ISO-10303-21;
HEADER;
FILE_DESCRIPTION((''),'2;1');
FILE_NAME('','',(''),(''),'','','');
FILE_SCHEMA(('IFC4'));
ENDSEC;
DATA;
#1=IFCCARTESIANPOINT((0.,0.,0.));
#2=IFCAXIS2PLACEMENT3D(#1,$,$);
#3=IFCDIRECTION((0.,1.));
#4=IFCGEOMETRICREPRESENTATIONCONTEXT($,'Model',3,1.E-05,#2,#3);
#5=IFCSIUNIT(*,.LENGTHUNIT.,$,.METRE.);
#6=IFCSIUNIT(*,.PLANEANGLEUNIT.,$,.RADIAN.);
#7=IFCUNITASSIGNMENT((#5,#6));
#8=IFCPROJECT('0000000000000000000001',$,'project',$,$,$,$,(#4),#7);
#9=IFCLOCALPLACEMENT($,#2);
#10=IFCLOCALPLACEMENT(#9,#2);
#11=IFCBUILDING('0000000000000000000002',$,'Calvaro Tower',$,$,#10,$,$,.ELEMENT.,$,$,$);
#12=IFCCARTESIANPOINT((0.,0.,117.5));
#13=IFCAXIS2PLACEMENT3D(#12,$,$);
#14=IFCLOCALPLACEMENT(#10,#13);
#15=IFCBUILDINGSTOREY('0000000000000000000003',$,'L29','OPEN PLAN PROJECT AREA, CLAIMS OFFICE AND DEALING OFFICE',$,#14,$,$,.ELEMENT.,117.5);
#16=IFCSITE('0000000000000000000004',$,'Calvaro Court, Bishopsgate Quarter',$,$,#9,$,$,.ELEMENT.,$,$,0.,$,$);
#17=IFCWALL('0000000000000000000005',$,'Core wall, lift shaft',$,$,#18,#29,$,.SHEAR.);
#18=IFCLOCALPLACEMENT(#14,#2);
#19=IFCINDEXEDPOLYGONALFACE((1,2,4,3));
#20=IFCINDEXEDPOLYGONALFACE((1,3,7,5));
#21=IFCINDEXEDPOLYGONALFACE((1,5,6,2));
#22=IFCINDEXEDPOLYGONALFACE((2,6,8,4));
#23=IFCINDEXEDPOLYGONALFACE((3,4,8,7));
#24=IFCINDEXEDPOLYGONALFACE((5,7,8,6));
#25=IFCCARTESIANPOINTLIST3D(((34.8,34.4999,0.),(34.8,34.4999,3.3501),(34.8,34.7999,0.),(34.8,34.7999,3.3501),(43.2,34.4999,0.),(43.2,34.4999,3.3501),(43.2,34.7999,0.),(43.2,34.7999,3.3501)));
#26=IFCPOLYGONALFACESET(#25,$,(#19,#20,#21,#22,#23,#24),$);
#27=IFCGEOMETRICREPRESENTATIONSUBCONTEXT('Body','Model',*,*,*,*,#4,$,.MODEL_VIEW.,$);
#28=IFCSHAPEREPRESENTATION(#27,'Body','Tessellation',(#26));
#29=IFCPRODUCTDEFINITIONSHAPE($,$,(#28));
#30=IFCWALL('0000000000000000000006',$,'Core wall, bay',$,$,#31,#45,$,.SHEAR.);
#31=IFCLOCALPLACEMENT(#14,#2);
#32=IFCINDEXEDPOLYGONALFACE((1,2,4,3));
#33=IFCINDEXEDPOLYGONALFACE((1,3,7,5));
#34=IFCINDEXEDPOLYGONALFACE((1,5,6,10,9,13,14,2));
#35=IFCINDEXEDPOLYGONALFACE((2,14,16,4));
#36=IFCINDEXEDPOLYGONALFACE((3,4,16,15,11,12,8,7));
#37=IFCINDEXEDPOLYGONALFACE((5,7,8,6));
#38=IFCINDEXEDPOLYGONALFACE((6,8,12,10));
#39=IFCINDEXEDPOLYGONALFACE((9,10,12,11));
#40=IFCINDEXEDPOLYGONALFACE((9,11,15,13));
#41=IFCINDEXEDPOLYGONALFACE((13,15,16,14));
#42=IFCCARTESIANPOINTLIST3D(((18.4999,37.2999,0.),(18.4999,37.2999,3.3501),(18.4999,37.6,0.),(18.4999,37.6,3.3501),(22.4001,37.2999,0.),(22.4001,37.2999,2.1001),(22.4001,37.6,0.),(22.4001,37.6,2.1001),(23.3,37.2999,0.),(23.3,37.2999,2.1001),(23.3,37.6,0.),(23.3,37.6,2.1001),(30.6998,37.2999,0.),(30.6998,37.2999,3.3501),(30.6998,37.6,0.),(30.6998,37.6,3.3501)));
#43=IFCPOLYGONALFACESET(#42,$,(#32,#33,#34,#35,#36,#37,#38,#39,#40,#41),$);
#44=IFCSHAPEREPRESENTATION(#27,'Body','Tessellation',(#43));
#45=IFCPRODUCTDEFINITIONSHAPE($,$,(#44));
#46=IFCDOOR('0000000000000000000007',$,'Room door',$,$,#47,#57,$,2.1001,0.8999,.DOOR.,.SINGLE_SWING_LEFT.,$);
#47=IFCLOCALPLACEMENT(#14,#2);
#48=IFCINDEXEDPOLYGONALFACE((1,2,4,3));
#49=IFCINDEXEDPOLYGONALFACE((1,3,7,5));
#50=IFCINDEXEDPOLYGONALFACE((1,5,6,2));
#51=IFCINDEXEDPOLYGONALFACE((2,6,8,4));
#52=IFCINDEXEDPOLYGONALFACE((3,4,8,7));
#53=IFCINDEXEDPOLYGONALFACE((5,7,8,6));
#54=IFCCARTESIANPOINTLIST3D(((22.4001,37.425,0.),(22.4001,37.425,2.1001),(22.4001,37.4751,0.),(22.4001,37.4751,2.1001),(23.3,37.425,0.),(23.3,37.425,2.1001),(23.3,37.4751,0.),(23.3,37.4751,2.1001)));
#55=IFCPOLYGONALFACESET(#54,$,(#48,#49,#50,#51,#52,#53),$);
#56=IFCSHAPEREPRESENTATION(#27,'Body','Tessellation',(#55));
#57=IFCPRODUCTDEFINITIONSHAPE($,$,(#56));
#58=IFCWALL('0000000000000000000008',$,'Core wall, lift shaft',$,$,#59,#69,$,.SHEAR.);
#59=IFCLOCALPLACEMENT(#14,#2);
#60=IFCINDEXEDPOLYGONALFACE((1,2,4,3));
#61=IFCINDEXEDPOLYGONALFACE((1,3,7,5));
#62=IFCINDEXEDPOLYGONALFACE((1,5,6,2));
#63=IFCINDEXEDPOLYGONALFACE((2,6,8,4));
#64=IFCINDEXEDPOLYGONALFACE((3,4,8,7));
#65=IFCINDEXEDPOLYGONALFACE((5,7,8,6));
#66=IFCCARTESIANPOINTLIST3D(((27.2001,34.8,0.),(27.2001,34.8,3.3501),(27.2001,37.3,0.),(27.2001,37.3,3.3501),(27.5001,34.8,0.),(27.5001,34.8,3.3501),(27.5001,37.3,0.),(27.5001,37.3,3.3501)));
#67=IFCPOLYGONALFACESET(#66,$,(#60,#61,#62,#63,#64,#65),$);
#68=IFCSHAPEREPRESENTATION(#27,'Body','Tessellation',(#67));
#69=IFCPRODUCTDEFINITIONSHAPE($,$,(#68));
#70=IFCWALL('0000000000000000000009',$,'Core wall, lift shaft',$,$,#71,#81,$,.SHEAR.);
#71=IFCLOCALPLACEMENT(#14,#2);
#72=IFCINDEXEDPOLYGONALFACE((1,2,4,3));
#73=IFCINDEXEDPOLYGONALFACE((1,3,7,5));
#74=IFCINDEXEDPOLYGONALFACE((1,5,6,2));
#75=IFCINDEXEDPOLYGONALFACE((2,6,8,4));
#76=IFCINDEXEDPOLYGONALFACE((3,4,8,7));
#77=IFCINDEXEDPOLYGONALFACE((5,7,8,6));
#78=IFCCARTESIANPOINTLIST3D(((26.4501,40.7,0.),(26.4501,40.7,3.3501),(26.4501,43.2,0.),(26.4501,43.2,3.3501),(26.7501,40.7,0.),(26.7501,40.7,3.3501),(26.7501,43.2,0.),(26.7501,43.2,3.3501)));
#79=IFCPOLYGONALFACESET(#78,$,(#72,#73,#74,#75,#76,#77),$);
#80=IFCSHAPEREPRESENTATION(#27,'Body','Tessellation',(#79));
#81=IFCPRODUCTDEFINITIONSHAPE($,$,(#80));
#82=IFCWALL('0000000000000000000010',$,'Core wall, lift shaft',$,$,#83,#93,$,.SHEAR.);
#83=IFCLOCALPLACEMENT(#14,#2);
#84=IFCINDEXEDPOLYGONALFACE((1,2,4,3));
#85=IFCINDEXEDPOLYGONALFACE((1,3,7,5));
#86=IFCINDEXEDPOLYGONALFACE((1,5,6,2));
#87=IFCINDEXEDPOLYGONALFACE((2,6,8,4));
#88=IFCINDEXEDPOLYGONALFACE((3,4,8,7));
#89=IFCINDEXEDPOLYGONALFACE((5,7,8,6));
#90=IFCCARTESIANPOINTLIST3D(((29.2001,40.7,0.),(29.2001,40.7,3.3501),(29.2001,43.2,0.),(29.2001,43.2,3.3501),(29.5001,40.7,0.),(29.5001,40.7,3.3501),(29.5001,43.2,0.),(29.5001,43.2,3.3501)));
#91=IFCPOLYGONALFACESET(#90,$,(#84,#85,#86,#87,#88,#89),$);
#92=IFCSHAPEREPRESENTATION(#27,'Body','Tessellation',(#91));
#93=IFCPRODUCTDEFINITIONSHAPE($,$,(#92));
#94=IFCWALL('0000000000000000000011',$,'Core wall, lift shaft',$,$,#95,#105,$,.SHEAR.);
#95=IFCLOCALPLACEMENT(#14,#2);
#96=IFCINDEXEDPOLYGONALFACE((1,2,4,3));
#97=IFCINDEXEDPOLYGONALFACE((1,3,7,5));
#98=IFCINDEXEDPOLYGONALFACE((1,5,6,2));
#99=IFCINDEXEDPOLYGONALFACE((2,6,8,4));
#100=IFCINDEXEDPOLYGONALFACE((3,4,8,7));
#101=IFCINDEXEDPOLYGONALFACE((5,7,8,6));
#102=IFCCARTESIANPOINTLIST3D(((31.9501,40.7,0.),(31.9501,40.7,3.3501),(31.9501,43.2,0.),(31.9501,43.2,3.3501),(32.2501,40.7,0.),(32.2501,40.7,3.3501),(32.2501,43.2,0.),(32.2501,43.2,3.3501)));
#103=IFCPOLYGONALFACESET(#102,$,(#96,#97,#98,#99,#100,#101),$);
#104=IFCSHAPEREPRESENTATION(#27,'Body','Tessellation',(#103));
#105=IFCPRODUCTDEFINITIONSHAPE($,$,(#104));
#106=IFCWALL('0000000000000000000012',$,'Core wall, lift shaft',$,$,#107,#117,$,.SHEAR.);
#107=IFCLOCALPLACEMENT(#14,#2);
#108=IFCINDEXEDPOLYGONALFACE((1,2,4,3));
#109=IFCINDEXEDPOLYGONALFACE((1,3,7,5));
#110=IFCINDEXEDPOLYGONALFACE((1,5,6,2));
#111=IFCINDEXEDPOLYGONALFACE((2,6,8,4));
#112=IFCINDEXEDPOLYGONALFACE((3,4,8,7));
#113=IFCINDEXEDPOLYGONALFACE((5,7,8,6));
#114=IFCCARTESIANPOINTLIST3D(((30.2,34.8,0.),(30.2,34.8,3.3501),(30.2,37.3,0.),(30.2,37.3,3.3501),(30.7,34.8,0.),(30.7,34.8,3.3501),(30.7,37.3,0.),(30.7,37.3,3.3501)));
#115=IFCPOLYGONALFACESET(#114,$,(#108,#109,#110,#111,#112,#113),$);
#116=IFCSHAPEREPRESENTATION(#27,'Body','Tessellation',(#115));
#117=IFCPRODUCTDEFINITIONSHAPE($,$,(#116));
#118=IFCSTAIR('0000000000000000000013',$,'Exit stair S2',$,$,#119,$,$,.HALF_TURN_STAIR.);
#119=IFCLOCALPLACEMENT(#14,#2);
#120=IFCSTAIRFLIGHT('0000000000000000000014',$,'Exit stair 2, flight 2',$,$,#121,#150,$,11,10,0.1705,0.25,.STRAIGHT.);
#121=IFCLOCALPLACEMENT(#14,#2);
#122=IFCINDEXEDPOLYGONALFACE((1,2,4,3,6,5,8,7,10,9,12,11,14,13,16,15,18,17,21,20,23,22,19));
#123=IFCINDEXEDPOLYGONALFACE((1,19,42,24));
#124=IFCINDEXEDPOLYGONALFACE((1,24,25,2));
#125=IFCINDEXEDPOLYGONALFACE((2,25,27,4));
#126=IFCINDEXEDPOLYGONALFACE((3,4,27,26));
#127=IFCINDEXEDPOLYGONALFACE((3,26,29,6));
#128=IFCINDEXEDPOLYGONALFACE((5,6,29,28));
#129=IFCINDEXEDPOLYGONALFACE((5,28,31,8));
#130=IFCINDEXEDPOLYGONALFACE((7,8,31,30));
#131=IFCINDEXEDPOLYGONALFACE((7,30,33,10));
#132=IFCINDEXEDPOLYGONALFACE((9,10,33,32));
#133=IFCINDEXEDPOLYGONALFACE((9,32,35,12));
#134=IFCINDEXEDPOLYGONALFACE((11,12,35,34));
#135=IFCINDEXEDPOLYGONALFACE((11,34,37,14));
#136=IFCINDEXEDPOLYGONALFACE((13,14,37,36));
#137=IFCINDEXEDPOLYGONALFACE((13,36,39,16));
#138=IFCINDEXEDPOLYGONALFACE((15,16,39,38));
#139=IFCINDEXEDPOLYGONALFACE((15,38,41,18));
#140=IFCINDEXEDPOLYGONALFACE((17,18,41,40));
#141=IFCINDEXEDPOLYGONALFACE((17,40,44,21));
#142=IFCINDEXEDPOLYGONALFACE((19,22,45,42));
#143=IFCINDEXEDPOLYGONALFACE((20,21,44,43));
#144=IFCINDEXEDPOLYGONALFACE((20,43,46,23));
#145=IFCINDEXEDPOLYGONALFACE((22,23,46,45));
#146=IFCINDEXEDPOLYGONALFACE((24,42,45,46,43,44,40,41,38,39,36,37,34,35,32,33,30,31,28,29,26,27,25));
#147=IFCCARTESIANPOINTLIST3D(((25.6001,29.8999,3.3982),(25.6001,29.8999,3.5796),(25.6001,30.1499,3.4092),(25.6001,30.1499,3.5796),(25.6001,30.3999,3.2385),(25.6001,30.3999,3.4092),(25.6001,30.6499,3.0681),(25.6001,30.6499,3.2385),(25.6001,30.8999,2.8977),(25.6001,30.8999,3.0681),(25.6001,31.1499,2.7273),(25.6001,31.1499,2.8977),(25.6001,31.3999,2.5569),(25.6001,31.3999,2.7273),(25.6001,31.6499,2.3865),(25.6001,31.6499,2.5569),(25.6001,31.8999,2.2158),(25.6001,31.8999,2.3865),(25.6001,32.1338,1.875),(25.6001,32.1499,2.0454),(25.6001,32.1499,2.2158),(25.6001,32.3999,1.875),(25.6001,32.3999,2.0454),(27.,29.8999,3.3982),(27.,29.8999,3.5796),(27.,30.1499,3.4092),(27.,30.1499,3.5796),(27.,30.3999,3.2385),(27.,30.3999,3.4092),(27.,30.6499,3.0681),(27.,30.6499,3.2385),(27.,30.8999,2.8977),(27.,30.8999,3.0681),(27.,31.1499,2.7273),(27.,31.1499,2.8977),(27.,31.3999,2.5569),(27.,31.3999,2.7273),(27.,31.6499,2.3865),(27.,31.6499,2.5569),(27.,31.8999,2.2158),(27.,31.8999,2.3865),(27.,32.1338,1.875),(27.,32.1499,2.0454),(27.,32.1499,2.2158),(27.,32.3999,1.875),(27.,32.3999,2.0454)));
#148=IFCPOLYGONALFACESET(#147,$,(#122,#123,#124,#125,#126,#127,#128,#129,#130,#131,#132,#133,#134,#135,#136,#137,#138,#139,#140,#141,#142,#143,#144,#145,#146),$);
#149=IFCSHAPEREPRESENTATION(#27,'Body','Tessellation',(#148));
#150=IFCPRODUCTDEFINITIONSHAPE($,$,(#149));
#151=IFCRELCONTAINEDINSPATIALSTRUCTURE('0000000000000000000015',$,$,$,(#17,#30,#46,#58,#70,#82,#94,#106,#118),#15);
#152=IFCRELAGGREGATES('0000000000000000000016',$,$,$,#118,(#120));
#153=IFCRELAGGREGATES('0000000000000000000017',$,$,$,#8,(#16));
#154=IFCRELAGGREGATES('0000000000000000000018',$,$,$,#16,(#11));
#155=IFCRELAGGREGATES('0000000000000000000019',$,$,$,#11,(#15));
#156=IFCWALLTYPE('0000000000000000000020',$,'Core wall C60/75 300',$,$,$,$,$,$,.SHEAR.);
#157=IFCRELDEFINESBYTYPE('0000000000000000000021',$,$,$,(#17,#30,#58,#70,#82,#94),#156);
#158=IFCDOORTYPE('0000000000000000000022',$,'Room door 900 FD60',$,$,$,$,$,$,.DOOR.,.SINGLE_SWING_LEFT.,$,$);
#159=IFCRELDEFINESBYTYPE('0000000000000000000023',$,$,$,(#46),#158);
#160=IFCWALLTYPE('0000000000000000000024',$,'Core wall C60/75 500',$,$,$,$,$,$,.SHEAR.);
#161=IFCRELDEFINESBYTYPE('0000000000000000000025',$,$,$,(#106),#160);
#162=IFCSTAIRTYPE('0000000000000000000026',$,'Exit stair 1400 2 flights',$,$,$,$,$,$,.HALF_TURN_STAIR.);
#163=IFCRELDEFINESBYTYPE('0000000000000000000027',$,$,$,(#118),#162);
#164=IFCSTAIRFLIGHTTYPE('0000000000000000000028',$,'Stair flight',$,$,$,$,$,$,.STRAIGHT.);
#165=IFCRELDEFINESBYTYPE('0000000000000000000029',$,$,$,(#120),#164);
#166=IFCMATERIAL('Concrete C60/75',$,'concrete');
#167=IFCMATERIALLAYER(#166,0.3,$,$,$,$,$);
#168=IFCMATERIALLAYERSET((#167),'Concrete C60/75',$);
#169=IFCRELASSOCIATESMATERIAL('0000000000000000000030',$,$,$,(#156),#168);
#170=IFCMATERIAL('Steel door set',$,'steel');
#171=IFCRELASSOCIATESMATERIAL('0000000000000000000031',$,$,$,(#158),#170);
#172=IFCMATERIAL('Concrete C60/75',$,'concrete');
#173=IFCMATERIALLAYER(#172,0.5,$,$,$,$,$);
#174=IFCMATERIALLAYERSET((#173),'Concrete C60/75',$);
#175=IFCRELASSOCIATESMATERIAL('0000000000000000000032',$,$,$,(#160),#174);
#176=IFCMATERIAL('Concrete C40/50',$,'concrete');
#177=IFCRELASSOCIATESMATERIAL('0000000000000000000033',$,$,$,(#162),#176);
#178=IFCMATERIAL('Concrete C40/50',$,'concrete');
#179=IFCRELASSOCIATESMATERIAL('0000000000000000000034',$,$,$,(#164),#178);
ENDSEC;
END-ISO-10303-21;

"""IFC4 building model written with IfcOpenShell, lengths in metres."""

from ifc_helpers import new_model, si_unit, direction, frame, frame_2d, origin, place, context, subcontext, project, spatial, polyline, rectangle, outline, extrude, material, layer, layer_set, type_object, element, fill, aggregate, save


model = new_model("IFC4")

# Units and contexts
model_context = context("Model", 3, precision=1e-05, world=origin(), true_north=direction((0.0, 1.0)))
body_context = subcontext(model_context, "Body", "Model", "MODEL_VIEW")
ifc_project = project(units=[si_unit("LENGTHUNIT", "METRE"), si_unit("PLANEANGLEUNIT", "RADIAN")], contexts=[model_context])

# Site, building, storey
site_placement = place(None, origin())
site = spatial("IfcSite", under=ifc_project, at=site_placement, Name="Calvaro Court, Bishopsgate Quarter", CompositionType="ELEMENT", RefElevation=0.0)
building_placement = place(site_placement, origin())
building = spatial("IfcBuilding", under=site, at=building_placement, Name="Calvaro Tower", CompositionType="ELEMENT")
storey_placement = place(building_placement, frame((0.0, 0.0, 117.5)))
storey = spatial("IfcBuildingStorey", under=building, at=storey_placement, Name="L29", Description="OPEN PLAN PROJECT AREA, CLAIMS OFFICE AND DEALING OFFICE", CompositionType="ELEMENT", Elevation=117.5)

# Wall
ifc_material_1 = material(Name="Concrete C60/75", Category="concrete")
ifc_layer_1 = layer(ifc_material_1, 0.3)
ifc_layer_set_1 = layer_set([ifc_layer_1], Name="Concrete C60/75")
wall_type_1 = type_object("IfcWallType", Name="Core wall C60/75 300", PredefinedType="SHEAR", material=ifc_layer_set_1)
wall_1_placement = place(storey_placement, frame((34.8, 34.6499, 0.0), z_axis=(0.0, 0.0, 1.0), x_axis=(1.0, 0.0, 0.0)))
element("IfcWall", 1, at=wall_1_placement, inside=storey, type_object=wall_type_1, Name="Core wall, lift shaft", PredefinedType="SHEAR", context=body_context, shape_type="SweptSolid", body=[
    extrude(rectangle(XDim=8.3999, YDim=0.3, at=frame_2d((4.2, 0.0))), origin(), (0.0, 0.0, 1.0), 3.3501),
])

# Wall, opening, door
wall_2_placement = place(storey_placement, frame((30.7, 37.45, 0.0), z_axis=(0.0, 0.0, 1.0), x_axis=(-1.0, 0.0, 0.0)))
wall_2 = element("IfcWall", 2, at=wall_2_placement, inside=storey, type_object=wall_type_1, Name="Core wall, bay", PredefinedType="SHEAR", context=body_context, shape_type="SweptSolid", body=[
    extrude(rectangle(XDim=12.2, YDim=0.3, at=frame_2d((6.1001, 0.0))), origin(), (0.0, 0.0, 1.0), 3.3501),
])
opening_placement = place(wall_2_placement, frame((7.3999, 0.0, 0.0)))
opening = element("IfcOpeningElement", 3, at=opening_placement, cuts=wall_2, PredefinedType="OPENING", context=body_context, shape_type="SweptSolid", body=[
    extrude(rectangle(XDim=0.8999, YDim=2.1001, at=frame_2d((0.45, 1.05))), frame((0.0, 0.1599, 0.0), z_axis=(0.0, -1.0, 0.0), x_axis=(1.0, 0.0, 0.0)), (0.0, 0.0, 1.0), 0.3201),
])
ifc_material_2 = material(Name="Steel door set", Category="steel")
door_type = type_object("IfcDoorType", Name="Room door 900 FD60", OperationType="SINGLE_SWING_LEFT", PredefinedType="DOOR", material=ifc_material_2)
door_placement = place(opening_placement, origin())
door = element("IfcDoor", 4, at=door_placement, inside=storey, type_object=door_type, Name="Room door", OperationType="SINGLE_SWING_LEFT", OverallHeight=2.1001, OverallWidth=0.8999, PredefinedType="DOOR", context=body_context, shape_type="SweptSolid", body=[
    extrude(rectangle(XDim=0.8999, YDim=2.1001, at=frame_2d((0.45, 1.05))), frame((0.0, 0.0249, 0.0), z_axis=(0.0, -1.0, 0.0), x_axis=(1.0, 0.0, 0.0)), (0.0, 0.0, 1.0), 0.05),
])
fill(opening, door)

# Walls
for number, where, z_axis, x_axis, name in (
    (5, (27.3501, 34.8, 0.0), (0.0, 0.0, 1.0), (0.0, 1.0, 0.0), "Core wall, lift shaft"),
    (6, (26.6001, 40.7, 0.0), (0.0, 0.0, 1.0), (0.0, 1.0, 0.0), "Core wall, lift shaft"),
    (7, (29.3501, 40.7, 0.0), (0.0, 0.0, 1.0), (0.0, 1.0, 0.0), "Core wall, lift shaft"),
    (8, (32.1001, 40.7, 0.0), (0.0, 0.0, 1.0), (0.0, 1.0, 0.0), "Core wall, lift shaft"),
):
    element("IfcWall", number, at=place(storey_placement, frame(where, z_axis=z_axis, x_axis=x_axis)), inside=storey, type_object=wall_type_1, Name=name, PredefinedType="SHEAR", context=body_context, shape_type="SweptSolid", body=[
        extrude(rectangle(XDim=2.5, YDim=0.3, at=frame_2d((1.25, 0.0))), origin(), (0.0, 0.0, 1.0), 3.3501),
    ])
ifc_material_3 = material(Name="Concrete C60/75", Category="concrete")
ifc_layer_2 = layer(ifc_material_3, 0.5)
ifc_layer_set_2 = layer_set([ifc_layer_2], Name="Concrete C60/75")
wall_type_2 = type_object("IfcWallType", Name="Core wall C60/75 500", PredefinedType="SHEAR", material=ifc_layer_set_2)
wall_3_placement = place(storey_placement, frame((30.45, 34.8, 0.0), z_axis=(0.0, 0.0, 1.0), x_axis=(0.0, 1.0, 0.0)))
element("IfcWall", 9, at=wall_3_placement, inside=storey, type_object=wall_type_2, Name="Core wall, lift shaft", PredefinedType="SHEAR", context=body_context, shape_type="SweptSolid", body=[
    extrude(rectangle(XDim=2.5, YDim=0.5, at=frame_2d((1.25, 0.0))), origin(), (0.0, 0.0, 1.0), 3.3501),
])

# Stair, stair flight
ifc_material_4 = material(Name="Concrete C40/50", Category="concrete")
stair_type = type_object("IfcStairType", Name="Exit stair 1400 2 flights", PredefinedType="HALF_TURN_STAIR", material=ifc_material_4)
stair_placement = place(storey_placement, origin())
stair = element("IfcStair", 10, at=stair_placement, inside=storey, type_object=stair_type, Name="Exit stair S2", PredefinedType="HALF_TURN_STAIR")
ifc_material_5 = material(Name="Concrete C40/50", Category="concrete")
stair_flight_type = type_object("IfcStairFlightType", Name="Stair flight", PredefinedType="STRAIGHT", material=ifc_material_5)
stair_flight_placement = place(storey_placement, frame((26.3, 32.3999, 1.875), z_axis=(0.0, 0.0, 1.0), x_axis=(0.0, -1.0, 0.0)))
stair_flight = element("IfcStairFlight", 11, at=stair_flight_placement, type_object=stair_flight_type, Name="Exit stair 2, flight 2", NumberOfRisers=11, NumberOfTreads=10, PredefinedType="STRAIGHT", RiserHeight=0.1705, TreadLength=0.25, context=body_context, shape_type="SweptSolid", body=[
    extrude(outline(polyline([(0.0, 0.0), (0.0, 0.1704), (0.25, 0.1704), (0.25, 0.3408), (0.5, 0.3408), (0.5, 0.5115), (0.75, 0.5115), (0.75, 0.6819), (1.0, 0.6819), (1.0, 0.8523), (1.25, 0.8523), (1.25, 1.0227), (1.5, 1.0227), (1.5, 1.1931), (1.75, 1.1931), (1.75, 1.3635), (2.0, 1.3635), (2.0, 1.5342), (2.25, 1.5342), (2.25, 1.7046), (2.5, 1.7046), (2.5, 1.875), (2.5, 1.5232), (0.2661, 0.0), (0.0, 0.0)])), frame((0.0, 0.7, 0.0), z_axis=(0.0, -1.0, 0.0), x_axis=(1.0, 0.0, 0.0)), (0.0, 0.0, 1.0), 1.3999),
])
aggregate(stair, [stair_flight])

save(model, "model.ifc")
